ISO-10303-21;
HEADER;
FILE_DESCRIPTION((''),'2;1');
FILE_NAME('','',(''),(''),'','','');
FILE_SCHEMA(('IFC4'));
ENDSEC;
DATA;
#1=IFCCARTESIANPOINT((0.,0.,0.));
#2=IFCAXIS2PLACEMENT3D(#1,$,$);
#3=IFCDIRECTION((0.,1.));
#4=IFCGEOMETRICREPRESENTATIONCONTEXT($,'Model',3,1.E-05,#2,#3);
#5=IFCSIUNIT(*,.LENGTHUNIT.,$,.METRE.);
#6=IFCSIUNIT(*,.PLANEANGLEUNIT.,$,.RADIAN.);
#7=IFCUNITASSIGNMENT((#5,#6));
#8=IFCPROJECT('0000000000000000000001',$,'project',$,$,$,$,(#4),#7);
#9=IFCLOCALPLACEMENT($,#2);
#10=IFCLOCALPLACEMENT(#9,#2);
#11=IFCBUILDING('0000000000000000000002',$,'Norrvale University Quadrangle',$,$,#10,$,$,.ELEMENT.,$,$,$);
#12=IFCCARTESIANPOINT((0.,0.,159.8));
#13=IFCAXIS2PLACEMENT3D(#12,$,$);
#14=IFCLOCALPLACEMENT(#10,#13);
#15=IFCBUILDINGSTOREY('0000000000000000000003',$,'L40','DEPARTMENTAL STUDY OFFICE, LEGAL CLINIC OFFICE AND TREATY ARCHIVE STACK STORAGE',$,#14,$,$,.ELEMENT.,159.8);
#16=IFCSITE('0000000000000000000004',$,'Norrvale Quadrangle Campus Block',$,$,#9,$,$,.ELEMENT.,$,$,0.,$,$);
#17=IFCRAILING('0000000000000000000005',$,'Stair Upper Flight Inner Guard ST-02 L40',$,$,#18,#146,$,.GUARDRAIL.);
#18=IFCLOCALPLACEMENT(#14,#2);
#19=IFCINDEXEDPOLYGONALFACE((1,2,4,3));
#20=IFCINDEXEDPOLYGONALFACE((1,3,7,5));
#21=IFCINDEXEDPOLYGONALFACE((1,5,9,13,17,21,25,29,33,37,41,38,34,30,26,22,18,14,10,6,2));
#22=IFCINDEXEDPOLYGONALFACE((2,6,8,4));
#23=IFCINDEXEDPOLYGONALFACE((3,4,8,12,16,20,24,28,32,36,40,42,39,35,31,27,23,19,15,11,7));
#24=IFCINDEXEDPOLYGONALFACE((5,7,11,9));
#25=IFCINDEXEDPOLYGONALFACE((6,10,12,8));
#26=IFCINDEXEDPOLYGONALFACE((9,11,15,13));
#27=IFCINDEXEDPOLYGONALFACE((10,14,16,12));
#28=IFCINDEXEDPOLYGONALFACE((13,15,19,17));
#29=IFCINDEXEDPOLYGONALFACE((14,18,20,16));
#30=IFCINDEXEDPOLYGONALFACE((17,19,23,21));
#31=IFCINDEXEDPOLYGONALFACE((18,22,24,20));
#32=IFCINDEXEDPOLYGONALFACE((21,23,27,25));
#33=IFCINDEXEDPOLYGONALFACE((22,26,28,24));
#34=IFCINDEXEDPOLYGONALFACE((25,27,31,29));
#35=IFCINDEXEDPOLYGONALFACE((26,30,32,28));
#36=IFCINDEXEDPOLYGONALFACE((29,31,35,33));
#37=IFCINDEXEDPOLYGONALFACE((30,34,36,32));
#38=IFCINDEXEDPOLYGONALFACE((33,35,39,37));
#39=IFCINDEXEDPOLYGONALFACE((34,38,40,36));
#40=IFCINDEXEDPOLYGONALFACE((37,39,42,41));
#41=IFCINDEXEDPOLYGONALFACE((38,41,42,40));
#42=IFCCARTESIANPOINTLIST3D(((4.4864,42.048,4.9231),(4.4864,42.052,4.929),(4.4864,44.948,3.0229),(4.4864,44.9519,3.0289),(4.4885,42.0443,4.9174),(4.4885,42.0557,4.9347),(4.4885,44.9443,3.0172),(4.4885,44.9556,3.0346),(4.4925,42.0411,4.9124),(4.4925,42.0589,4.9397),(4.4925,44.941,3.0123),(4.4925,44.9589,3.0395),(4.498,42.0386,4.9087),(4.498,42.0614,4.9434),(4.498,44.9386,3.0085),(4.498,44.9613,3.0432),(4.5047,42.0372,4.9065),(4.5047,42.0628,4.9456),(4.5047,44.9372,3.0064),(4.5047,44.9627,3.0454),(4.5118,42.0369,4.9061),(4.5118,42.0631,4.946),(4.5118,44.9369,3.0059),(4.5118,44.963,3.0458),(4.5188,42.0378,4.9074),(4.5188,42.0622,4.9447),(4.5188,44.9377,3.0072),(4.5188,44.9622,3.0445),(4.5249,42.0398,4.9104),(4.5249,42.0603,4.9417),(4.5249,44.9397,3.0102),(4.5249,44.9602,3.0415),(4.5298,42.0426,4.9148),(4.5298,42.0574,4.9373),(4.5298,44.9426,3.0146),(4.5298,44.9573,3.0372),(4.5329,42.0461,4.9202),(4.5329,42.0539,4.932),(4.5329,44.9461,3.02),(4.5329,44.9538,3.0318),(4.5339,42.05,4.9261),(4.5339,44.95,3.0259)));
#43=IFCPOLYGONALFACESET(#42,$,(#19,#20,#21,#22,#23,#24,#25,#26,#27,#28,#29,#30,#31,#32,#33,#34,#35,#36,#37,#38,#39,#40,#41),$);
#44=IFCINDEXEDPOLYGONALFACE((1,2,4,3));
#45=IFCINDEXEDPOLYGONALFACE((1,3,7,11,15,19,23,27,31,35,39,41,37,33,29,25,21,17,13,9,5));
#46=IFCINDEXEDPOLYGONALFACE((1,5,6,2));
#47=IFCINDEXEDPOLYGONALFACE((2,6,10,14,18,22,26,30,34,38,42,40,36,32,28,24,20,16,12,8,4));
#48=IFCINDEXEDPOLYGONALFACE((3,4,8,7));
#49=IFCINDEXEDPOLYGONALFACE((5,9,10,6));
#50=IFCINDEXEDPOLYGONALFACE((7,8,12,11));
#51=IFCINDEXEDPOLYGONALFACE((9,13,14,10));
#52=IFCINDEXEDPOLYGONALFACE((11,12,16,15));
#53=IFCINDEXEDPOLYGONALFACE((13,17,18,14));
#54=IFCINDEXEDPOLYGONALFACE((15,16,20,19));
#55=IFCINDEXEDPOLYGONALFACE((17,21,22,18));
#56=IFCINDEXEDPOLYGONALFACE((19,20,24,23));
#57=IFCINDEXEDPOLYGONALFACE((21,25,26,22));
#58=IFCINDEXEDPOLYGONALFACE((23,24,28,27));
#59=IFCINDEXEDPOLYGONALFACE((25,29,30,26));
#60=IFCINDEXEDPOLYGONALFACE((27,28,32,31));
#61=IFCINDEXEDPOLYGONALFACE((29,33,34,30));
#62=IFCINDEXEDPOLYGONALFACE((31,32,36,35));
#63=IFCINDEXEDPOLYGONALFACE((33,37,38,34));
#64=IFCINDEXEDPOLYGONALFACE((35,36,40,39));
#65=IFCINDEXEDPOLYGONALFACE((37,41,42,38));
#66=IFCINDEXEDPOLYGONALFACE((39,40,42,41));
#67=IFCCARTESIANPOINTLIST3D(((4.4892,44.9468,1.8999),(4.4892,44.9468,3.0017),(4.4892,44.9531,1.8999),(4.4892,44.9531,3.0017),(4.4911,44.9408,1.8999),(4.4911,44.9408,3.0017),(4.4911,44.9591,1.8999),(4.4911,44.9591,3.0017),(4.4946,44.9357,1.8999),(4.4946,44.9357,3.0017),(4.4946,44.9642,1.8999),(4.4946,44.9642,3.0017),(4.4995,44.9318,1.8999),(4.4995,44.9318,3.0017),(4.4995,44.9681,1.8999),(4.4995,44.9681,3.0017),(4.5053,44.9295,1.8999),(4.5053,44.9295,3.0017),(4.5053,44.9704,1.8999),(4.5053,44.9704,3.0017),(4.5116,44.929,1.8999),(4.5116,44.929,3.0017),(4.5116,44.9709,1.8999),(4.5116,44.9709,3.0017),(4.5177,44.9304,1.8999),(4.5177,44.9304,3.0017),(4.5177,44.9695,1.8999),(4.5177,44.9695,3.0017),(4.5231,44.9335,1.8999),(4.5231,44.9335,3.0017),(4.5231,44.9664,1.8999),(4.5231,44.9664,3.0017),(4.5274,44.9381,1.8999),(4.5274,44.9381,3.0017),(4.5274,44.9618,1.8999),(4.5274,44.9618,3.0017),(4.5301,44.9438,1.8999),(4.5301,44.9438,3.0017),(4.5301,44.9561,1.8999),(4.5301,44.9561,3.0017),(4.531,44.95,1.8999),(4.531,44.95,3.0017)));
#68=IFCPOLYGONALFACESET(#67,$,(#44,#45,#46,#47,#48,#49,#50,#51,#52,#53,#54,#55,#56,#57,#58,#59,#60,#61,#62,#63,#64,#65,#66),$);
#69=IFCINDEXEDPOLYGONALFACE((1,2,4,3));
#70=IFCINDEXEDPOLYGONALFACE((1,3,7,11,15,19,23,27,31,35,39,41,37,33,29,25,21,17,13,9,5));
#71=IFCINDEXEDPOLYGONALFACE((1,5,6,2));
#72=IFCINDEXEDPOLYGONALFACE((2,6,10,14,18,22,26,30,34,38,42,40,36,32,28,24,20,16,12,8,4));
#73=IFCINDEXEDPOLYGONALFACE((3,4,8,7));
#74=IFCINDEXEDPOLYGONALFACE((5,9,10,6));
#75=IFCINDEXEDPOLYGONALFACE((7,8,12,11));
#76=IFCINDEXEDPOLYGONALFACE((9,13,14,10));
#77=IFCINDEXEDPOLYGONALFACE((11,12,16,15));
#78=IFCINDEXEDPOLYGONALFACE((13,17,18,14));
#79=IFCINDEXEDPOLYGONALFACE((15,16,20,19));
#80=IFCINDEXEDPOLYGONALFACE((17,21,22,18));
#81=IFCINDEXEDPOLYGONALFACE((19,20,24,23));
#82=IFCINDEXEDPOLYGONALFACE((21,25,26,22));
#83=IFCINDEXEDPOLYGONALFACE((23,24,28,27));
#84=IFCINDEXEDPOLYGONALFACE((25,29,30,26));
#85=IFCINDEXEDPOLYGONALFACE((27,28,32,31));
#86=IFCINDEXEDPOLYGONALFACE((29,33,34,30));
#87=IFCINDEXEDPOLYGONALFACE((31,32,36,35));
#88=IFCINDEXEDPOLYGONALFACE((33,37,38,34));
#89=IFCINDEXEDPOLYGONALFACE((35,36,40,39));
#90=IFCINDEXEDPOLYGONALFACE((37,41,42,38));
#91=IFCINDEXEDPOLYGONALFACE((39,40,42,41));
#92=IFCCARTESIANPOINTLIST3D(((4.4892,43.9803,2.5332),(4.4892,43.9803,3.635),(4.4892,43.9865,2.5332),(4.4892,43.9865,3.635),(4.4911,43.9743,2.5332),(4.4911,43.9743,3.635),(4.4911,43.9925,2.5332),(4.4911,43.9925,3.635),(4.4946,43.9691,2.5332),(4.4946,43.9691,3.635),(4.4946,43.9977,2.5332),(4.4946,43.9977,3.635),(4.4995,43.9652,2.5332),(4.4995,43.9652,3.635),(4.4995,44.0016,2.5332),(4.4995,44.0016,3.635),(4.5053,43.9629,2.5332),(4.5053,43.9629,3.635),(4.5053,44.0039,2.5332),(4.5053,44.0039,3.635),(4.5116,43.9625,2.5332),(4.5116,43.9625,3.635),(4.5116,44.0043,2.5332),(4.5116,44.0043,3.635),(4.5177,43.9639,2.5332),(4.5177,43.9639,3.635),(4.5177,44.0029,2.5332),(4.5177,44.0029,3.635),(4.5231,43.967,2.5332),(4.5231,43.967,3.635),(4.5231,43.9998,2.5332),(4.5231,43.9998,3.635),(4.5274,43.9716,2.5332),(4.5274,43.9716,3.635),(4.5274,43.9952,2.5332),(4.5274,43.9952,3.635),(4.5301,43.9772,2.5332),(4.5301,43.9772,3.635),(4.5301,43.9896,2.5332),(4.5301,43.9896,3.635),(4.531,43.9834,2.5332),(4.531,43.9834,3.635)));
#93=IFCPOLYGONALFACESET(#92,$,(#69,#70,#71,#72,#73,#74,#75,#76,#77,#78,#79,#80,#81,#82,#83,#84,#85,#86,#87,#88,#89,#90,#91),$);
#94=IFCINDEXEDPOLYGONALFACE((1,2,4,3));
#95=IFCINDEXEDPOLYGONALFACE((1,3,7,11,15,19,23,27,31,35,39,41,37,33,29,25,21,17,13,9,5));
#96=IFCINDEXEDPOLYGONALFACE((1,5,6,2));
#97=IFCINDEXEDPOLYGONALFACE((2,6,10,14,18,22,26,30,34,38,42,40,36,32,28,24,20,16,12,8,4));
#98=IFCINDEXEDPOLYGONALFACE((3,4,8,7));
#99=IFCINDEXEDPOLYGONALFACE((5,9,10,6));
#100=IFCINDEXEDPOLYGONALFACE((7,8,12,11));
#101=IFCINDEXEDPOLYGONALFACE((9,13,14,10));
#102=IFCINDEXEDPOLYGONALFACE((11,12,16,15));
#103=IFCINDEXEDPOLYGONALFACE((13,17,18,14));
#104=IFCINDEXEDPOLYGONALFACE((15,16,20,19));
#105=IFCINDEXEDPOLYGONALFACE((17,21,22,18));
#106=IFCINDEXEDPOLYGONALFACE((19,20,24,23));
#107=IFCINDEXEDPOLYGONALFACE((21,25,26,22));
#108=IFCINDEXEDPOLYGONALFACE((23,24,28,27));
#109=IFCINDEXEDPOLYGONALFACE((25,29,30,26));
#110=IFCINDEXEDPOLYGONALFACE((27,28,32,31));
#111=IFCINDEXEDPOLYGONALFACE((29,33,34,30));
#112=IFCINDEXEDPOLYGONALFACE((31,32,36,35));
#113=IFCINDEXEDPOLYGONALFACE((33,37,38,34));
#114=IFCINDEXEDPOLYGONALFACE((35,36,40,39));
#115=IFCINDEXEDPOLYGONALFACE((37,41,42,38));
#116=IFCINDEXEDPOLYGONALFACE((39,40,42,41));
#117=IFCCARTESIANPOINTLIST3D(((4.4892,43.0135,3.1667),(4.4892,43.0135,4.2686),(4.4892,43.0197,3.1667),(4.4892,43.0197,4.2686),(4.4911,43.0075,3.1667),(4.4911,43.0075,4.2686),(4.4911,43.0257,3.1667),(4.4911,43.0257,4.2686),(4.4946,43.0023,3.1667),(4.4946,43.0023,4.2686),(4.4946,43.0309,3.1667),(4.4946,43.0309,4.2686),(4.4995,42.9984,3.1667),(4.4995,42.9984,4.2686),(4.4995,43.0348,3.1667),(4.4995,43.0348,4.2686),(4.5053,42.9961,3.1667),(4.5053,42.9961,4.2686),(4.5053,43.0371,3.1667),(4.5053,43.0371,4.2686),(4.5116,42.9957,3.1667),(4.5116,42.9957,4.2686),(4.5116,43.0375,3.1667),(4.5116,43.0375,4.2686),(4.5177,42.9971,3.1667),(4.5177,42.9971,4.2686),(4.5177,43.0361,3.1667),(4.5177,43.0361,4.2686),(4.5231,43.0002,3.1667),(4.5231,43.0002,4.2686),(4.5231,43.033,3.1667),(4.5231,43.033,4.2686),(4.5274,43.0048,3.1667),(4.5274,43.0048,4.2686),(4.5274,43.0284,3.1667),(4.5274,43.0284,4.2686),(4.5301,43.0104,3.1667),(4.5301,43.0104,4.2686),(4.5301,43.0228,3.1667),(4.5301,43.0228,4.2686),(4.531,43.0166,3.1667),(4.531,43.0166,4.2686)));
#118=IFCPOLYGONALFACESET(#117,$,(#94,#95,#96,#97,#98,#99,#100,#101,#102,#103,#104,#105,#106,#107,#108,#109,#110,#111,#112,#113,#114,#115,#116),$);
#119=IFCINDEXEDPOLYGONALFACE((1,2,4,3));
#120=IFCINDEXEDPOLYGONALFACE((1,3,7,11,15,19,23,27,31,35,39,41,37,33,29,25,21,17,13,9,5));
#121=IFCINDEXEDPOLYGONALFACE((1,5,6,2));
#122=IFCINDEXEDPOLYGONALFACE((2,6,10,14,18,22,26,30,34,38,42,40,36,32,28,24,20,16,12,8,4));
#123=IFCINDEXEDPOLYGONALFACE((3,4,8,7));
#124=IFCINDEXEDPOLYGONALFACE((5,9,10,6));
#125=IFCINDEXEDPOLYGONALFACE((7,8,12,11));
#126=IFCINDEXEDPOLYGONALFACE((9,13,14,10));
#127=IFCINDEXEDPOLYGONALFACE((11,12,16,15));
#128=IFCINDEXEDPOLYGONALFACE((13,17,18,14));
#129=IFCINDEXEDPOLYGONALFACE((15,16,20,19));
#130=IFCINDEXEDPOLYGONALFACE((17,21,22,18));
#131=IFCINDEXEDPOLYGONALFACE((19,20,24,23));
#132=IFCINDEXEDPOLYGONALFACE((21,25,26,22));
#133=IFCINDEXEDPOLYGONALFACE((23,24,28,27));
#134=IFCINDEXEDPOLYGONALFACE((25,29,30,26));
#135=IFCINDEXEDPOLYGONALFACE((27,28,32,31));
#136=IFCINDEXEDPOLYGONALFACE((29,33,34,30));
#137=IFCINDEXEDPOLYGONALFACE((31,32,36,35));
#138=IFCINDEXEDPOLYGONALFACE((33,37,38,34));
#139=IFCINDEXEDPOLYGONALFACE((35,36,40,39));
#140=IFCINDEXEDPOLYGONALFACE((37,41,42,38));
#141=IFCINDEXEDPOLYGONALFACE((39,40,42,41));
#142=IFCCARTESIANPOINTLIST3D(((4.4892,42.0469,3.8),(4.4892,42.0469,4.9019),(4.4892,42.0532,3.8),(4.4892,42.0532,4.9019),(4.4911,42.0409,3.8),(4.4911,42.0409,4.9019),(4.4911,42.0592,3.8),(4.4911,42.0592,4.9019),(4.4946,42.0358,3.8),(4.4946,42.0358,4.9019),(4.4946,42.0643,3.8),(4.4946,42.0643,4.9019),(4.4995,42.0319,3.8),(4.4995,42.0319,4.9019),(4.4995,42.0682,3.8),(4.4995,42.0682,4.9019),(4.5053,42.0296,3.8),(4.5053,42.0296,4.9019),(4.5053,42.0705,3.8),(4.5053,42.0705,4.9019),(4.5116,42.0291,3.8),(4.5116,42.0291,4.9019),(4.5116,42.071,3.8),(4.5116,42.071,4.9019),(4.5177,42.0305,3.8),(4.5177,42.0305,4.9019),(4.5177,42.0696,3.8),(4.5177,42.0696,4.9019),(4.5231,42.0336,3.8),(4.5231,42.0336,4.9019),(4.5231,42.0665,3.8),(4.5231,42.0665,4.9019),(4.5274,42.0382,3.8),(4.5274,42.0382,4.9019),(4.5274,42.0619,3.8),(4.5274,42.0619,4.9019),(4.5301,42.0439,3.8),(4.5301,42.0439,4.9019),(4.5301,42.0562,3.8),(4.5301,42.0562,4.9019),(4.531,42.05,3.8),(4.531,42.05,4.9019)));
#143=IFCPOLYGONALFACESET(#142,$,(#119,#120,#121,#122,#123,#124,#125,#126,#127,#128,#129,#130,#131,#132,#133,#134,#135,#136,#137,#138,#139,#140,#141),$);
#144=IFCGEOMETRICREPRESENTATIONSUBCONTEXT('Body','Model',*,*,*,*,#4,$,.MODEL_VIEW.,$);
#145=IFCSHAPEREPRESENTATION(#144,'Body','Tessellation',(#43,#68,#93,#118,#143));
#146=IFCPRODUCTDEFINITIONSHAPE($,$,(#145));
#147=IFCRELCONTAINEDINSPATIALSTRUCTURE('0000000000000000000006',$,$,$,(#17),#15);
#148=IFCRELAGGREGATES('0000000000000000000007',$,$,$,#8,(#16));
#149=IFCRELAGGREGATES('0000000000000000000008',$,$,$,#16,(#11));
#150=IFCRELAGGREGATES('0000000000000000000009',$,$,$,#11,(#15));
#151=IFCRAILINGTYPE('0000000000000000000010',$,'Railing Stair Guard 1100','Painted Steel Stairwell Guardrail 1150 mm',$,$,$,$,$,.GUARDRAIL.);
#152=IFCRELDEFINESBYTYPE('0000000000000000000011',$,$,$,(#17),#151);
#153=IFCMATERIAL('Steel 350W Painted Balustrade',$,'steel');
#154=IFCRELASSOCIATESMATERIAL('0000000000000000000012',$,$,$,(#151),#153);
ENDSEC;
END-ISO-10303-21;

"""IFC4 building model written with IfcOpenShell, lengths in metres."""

from ifc_helpers import new_model, si_unit, direction, frame, origin, origin_2d, place, context, subcontext, project, spatial, circle, extrude, material, type_object, element, save


model = new_model("IFC4")

# Units and contexts
model_context = context("Model", 3, precision=1e-05, world=origin(), true_north=direction((0.0, 1.0)))
body_context = subcontext(model_context, "Body", "Model", "MODEL_VIEW")
ifc_project = project(units=[si_unit("LENGTHUNIT", "METRE"), si_unit("PLANEANGLEUNIT", "RADIAN")], contexts=[model_context])

# Site, building, storey
site_placement = place(None, origin())
site = spatial("IfcSite", under=ifc_project, at=site_placement, Name="Norrvale Quadrangle Campus Block", CompositionType="ELEMENT", RefElevation=0.0)
building_placement = place(site_placement, origin())
building = spatial("IfcBuilding", under=site, at=building_placement, Name="Norrvale University Quadrangle", CompositionType="ELEMENT")
storey_placement = place(building_placement, frame((0.0, 0.0, 159.8)))
storey = spatial("IfcBuildingStorey", under=building, at=storey_placement, Name="L40", Description="DEPARTMENTAL STUDY OFFICE, LEGAL CLINIC OFFICE AND TREATY ARCHIVE STACK STORAGE", CompositionType="ELEMENT", Elevation=159.8)

# Railing
ifc_material_1 = material(Name="Steel 350W Painted Balustrade", Category="steel")
railing_type_1 = type_object("IfcRailingType", Name="Railing Stair Guard 1100", Description="Painted Steel Stairwell Guardrail 1150 mm", PredefinedType="GUARDRAIL", material=ifc_material_1)
railing_1_placement = place(storey_placement, frame((4.51, 44.95, 1.8999)))
element("IfcRailing", 1, at=railing_1_placement, inside=storey, type_object=railing_type_1, Name="Stair Upper Flight Inner Guard ST-02 L40", PredefinedType="GUARDRAIL", context=body_context, shape_type="SweptSolid", body=[
    extrude(circle(Radius=0.0239, at=origin_2d()), frame((0.0, 0.0, 1.126), z_axis=(0.0, -0.836433, 0.548069), x_axis=(1.0, 0.0, 0.0)), (0.0, 0.0, 1.0), 3.467),
    extrude(circle(Radius=0.021, at=origin_2d()), origin(), (0.0, 0.0, 1.0), 1.1018),
    extrude(circle(Radius=0.021, at=origin_2d()), frame((0.0, -0.9666, 0.6333)), (0.0, 0.0, 1.0), 1.1018),
    extrude(circle(Radius=0.021, at=origin_2d()), frame((0.0, -1.9333, 1.2668)), (0.0, 0.0, 1.0), 1.1018),
    extrude(circle(Radius=0.021, at=origin_2d()), frame((0.0, -2.8999, 1.9001)), (0.0, 0.0, 1.0), 1.1018),
])

save(model, "model.ifc")
